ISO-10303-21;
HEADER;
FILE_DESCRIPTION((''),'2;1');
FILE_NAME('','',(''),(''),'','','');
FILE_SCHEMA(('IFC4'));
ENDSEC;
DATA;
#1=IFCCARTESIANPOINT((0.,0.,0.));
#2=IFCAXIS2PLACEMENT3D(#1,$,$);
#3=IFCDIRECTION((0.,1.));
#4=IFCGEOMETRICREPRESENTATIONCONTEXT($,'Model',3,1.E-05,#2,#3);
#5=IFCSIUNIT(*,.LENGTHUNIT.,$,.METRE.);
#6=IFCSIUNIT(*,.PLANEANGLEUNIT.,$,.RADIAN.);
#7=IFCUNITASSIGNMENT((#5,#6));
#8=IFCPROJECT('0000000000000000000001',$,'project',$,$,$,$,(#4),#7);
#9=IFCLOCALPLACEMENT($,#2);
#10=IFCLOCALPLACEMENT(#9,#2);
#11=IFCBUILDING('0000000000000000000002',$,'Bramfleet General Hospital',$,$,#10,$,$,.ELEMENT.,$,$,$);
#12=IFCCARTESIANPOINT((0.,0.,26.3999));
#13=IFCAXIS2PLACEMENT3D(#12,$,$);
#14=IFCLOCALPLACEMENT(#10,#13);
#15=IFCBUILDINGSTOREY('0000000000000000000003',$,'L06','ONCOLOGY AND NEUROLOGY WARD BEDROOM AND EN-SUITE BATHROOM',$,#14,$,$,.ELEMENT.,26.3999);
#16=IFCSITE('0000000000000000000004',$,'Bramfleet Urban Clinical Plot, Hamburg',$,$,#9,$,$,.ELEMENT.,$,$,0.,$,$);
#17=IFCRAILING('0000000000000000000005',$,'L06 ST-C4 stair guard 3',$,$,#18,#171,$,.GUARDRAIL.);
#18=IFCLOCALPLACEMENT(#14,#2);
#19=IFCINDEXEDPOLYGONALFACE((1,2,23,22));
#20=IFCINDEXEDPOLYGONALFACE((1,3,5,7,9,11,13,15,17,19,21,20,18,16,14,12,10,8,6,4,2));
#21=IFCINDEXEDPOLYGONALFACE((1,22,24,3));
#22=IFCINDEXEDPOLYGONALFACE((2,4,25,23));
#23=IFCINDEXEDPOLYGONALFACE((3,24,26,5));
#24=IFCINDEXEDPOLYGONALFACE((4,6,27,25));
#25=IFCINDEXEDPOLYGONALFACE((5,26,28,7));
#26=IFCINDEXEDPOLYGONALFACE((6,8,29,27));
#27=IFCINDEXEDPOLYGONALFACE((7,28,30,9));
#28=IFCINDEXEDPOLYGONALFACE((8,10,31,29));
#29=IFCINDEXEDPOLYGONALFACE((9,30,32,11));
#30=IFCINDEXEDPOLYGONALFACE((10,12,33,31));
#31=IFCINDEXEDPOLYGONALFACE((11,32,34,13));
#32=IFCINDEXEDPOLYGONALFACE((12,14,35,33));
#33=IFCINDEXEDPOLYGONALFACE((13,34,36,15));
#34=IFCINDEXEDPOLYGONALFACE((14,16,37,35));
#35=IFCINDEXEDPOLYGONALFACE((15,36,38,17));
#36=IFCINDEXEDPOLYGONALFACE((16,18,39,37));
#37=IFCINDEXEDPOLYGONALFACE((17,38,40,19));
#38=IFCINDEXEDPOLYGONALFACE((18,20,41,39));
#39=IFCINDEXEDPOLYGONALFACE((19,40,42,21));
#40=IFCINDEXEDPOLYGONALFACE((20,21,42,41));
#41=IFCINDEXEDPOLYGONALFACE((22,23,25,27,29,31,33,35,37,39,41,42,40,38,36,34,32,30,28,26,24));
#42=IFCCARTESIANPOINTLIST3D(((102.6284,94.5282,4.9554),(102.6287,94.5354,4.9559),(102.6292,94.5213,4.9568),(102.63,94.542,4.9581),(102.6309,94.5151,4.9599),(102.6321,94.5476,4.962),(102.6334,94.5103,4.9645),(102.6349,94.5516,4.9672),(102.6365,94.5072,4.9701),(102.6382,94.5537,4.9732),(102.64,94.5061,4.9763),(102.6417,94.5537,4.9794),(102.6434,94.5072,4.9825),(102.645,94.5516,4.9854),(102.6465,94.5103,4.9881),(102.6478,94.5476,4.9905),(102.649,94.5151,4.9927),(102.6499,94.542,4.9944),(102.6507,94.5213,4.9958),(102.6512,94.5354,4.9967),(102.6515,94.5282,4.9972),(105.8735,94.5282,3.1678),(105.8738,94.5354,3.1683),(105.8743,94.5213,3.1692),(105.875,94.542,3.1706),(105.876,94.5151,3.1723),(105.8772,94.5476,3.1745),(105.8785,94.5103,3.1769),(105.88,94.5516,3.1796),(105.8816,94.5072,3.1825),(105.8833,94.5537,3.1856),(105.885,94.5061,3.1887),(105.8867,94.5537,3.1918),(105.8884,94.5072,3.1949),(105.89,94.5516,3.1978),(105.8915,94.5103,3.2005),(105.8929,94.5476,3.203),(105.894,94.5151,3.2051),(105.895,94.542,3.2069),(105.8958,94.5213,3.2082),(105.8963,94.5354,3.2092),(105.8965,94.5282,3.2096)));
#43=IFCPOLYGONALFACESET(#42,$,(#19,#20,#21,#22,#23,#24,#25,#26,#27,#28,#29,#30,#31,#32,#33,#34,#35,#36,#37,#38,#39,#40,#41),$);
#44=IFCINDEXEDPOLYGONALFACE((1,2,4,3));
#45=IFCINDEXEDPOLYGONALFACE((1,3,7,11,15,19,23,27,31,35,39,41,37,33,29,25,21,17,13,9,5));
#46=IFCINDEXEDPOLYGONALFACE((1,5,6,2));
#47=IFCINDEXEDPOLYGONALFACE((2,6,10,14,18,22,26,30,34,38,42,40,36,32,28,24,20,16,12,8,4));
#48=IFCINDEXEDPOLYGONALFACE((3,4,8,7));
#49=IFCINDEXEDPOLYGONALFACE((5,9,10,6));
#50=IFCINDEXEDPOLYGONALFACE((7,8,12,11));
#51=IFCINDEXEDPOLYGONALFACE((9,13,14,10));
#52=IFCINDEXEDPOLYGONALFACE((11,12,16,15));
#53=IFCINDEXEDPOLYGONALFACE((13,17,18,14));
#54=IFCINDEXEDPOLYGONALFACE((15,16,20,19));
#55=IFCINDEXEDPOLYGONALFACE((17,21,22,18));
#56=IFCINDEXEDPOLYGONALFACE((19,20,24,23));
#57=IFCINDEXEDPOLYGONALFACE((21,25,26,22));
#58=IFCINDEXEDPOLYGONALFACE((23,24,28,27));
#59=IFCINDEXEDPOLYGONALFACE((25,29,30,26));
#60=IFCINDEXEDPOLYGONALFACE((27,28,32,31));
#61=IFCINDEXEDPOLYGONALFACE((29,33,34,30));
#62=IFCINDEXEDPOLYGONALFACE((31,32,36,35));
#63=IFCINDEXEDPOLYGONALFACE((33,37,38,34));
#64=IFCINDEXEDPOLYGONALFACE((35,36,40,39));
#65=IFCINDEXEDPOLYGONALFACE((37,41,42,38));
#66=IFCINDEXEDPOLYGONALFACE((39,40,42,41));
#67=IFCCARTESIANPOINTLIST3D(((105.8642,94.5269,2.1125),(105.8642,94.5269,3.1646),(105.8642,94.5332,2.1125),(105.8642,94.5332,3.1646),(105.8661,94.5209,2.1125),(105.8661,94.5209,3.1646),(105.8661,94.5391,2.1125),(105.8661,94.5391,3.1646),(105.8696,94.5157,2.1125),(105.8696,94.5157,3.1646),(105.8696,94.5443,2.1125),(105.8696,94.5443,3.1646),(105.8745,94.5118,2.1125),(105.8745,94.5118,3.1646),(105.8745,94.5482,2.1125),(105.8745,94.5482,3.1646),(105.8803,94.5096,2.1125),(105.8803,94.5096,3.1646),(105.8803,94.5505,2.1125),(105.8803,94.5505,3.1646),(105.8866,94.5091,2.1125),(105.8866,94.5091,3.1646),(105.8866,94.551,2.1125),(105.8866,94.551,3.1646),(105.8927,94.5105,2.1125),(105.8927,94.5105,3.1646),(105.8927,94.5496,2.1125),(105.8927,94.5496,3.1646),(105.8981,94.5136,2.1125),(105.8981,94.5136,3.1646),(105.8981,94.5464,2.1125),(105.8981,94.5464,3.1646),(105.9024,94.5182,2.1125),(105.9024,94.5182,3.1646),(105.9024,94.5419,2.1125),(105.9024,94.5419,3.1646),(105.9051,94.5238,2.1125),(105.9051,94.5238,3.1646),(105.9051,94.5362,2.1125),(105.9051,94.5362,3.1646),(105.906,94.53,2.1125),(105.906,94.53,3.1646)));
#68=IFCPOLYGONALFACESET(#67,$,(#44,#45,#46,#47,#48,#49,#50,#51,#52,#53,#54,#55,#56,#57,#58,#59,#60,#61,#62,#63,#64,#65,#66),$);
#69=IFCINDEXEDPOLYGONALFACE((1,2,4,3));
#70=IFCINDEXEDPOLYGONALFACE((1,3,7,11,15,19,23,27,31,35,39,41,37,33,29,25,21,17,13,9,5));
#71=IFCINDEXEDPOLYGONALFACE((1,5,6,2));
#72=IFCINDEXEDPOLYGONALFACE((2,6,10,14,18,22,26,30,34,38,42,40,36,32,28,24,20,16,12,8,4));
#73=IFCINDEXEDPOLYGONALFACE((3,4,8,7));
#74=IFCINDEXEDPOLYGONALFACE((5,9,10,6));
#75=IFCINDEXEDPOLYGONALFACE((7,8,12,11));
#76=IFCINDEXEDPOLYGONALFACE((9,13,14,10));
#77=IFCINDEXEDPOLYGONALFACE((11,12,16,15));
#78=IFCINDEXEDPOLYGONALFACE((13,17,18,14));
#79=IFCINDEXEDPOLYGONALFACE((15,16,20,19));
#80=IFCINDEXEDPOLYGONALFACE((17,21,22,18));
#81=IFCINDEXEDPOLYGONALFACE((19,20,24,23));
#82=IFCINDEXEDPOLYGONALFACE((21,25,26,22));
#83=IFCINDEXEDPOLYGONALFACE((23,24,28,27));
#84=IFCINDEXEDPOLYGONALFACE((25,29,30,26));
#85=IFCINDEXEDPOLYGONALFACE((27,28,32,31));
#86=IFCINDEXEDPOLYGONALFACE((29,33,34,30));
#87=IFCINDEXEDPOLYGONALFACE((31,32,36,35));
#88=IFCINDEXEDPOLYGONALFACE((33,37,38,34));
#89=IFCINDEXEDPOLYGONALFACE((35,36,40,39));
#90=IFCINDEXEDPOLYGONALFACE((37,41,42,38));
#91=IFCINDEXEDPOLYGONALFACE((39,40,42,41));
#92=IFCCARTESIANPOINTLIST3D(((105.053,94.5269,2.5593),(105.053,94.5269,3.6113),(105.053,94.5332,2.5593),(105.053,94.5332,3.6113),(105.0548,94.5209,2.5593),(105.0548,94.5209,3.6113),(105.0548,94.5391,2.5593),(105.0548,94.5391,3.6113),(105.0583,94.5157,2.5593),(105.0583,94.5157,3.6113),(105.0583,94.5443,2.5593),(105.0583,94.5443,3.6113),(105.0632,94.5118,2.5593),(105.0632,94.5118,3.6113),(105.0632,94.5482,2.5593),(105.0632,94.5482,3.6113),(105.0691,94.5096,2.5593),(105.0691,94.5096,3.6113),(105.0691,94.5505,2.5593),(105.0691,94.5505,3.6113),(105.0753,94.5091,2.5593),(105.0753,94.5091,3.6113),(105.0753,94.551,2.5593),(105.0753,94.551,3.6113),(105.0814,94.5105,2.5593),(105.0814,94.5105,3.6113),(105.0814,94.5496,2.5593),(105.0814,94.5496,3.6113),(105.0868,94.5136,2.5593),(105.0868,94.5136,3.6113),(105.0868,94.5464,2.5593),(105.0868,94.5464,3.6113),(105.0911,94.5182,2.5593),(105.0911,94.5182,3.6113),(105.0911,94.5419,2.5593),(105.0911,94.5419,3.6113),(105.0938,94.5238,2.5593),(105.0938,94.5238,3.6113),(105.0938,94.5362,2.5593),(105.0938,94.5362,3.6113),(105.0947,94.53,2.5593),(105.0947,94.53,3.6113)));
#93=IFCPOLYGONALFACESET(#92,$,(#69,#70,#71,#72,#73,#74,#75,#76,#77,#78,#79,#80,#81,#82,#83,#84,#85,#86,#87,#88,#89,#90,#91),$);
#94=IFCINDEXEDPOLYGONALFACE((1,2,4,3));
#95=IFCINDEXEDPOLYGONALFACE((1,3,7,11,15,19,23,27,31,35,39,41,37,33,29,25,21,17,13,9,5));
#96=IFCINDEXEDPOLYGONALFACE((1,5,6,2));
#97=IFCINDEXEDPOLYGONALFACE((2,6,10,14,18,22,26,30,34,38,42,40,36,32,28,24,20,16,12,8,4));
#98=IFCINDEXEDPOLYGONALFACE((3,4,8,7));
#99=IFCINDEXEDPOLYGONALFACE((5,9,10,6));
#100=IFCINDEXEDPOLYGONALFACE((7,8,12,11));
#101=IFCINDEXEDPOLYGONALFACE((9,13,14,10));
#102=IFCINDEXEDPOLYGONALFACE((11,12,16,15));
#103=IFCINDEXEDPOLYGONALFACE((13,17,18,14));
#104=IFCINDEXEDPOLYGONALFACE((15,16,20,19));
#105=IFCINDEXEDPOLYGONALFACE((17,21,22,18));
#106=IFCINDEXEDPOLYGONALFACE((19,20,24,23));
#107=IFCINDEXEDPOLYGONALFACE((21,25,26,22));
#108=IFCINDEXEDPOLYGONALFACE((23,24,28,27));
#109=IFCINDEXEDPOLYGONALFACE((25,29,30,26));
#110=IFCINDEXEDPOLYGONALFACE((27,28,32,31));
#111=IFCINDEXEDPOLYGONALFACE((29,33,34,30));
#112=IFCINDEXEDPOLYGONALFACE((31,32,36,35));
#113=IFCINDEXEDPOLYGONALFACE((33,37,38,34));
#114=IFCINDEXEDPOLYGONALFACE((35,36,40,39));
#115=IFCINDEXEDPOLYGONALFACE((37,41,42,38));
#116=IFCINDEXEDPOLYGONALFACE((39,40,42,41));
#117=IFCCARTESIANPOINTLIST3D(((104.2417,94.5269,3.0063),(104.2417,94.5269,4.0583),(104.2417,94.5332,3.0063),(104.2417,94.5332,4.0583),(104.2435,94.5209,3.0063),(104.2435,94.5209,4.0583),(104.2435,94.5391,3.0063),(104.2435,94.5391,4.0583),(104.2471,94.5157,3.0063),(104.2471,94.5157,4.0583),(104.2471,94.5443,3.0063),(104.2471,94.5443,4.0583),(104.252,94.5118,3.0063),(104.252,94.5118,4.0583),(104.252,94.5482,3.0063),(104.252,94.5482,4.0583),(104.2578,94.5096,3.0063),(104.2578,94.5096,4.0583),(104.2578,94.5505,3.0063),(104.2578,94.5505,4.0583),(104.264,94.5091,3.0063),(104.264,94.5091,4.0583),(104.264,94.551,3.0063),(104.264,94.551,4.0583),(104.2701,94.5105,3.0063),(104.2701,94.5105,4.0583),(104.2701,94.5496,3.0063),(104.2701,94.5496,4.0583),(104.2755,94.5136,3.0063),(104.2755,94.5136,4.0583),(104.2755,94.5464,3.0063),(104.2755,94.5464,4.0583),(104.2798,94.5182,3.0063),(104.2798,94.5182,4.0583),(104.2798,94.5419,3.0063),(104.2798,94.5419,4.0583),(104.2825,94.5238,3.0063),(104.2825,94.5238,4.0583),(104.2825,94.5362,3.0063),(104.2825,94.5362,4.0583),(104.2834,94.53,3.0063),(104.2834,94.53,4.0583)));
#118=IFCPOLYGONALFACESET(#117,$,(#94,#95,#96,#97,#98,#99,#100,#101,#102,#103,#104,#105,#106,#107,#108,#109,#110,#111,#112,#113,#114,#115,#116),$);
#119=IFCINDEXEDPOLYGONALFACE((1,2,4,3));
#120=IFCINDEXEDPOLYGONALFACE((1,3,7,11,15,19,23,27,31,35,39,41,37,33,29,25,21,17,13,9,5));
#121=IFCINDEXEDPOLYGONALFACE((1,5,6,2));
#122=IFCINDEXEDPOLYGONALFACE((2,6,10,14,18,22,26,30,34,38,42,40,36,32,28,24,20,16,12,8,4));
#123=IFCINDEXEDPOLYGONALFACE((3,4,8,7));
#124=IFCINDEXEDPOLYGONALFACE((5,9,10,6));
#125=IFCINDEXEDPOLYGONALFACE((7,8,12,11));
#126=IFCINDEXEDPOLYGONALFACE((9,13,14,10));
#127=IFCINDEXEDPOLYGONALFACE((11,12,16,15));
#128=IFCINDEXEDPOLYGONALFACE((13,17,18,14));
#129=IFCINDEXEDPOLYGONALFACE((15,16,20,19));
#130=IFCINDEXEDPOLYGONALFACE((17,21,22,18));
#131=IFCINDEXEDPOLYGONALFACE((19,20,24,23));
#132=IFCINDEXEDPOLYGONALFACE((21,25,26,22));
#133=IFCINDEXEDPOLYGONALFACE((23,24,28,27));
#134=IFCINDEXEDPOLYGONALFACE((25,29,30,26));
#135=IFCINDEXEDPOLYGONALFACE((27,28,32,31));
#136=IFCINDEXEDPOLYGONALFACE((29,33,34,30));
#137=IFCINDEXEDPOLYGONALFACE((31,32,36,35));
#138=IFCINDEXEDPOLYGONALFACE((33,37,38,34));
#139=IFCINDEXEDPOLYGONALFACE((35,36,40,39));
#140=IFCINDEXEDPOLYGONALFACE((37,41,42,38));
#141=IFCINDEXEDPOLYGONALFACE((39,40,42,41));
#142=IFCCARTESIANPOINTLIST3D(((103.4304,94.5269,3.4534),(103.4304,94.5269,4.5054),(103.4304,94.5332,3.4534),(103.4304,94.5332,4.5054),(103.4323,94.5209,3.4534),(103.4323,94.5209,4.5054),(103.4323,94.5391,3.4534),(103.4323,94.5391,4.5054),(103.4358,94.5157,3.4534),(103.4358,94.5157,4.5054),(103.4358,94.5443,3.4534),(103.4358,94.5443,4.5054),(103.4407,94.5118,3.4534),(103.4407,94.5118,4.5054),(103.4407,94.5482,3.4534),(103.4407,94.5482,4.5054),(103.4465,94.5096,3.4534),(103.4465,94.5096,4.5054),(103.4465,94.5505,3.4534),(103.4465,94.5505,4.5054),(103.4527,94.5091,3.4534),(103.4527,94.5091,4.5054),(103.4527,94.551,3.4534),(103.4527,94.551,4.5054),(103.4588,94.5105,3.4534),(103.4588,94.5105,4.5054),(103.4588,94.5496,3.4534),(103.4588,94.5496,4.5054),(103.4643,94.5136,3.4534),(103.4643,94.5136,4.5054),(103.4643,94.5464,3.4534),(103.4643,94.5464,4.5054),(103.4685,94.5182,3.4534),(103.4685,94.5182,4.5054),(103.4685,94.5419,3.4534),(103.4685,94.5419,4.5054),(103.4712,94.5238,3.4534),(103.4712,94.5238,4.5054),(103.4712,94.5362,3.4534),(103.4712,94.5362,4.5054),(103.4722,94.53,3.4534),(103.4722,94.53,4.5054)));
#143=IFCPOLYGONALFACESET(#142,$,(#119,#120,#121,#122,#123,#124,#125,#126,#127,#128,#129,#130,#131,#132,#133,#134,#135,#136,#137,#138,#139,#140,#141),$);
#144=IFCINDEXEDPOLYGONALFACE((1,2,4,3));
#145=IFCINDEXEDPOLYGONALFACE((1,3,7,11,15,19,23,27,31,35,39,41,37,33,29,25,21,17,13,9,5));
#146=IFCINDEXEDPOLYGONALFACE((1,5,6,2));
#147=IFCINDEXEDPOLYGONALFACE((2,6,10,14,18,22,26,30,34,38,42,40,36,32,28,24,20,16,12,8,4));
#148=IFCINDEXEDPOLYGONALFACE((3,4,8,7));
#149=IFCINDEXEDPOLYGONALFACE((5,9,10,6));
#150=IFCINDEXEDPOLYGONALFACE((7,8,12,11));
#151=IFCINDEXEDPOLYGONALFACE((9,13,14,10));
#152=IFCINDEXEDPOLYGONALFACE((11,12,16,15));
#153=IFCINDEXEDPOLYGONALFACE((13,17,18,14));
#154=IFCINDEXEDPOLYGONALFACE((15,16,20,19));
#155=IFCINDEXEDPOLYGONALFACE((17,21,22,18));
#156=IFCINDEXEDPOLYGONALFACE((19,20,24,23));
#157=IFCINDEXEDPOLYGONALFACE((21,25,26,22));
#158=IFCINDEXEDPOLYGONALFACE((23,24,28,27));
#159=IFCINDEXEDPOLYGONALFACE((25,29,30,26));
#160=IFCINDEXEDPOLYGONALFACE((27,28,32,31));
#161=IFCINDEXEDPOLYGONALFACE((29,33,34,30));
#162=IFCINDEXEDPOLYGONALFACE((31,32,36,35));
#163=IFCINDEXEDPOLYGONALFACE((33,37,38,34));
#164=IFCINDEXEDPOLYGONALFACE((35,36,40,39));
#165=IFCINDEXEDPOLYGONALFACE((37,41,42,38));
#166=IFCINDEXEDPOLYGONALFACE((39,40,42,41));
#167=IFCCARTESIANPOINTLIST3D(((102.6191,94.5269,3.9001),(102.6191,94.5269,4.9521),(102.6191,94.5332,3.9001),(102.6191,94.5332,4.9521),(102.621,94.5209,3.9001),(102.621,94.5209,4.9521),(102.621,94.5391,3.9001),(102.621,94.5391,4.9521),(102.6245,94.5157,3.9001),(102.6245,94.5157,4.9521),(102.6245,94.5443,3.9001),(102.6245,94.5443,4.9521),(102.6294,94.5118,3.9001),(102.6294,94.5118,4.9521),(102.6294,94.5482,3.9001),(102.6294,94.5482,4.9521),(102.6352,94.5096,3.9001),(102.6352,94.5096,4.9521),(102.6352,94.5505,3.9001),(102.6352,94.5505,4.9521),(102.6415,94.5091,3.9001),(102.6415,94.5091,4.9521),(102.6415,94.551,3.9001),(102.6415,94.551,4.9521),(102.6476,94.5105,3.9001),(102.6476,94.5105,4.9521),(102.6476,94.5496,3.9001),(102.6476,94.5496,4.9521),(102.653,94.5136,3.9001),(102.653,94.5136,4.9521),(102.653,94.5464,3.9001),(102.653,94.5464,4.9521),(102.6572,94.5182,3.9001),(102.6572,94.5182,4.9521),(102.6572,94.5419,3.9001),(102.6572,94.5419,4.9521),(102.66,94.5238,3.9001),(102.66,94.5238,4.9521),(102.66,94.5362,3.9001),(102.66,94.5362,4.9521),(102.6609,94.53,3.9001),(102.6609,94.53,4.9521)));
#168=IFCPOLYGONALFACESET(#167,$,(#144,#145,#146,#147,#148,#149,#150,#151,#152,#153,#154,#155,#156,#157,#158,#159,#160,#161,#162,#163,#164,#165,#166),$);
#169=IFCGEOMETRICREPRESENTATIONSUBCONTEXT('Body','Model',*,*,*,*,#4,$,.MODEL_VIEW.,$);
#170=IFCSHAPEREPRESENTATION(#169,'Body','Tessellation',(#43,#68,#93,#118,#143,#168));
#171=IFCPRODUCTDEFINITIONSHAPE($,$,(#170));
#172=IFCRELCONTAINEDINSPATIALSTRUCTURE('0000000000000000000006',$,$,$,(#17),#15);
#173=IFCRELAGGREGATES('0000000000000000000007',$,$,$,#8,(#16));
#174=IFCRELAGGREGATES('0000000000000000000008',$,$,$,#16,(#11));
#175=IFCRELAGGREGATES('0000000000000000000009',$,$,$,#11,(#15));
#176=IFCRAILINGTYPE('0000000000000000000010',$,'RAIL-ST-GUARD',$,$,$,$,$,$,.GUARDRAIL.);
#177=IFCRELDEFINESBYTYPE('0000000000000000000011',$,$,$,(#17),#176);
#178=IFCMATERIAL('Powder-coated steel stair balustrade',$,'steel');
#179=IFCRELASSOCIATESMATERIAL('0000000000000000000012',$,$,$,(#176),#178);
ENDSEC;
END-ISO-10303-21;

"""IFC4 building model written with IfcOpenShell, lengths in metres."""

from ifc_helpers import new_model, si_unit, direction, frame, origin, origin_2d, place, context, subcontext, project, spatial, circle, extrude, material, type_object, element, save


model = new_model("IFC4")

# Units and contexts
model_context = context("Model", 3, precision=1e-05, world=origin(), true_north=direction((0.0, 1.0)))
body_context = subcontext(model_context, "Body", "Model", "MODEL_VIEW")
ifc_project = project(units=[si_unit("LENGTHUNIT", "METRE"), si_unit("PLANEANGLEUNIT", "RADIAN")], contexts=[model_context])

# Site, building, storey
site_placement = place(None, origin())
site = spatial("IfcSite", under=ifc_project, at=site_placement, Name="Bramfleet Urban Clinical Plot, Hamburg", CompositionType="ELEMENT", RefElevation=0.0)
building_placement = place(site_placement, origin())
building = spatial("IfcBuilding", under=site, at=building_placement, Name="Bramfleet General Hospital", CompositionType="ELEMENT")
storey_placement = place(building_placement, frame((0.0, 0.0, 26.3999)))
storey = spatial("IfcBuildingStorey", under=building, at=storey_placement, Name="L06", Description="ONCOLOGY AND NEUROLOGY WARD BEDROOM AND EN-SUITE BATHROOM", CompositionType="ELEMENT", Elevation=26.3999)

# Railing
ifc_material_1 = material(Name="Powder-coated steel stair balustrade", Category="steel")
railing_type_1 = type_object("IfcRailingType", Name="RAIL-ST-GUARD", PredefinedType="GUARDRAIL", material=ifc_material_1)
railing_1_placement = place(storey_placement, frame((105.885, 94.53, 2.1125)))
element("IfcRailing", 1, at=railing_1_placement, inside=storey, type_object=railing_type_1, Name="L06 ST-C4 stair guard 3", PredefinedType="GUARDRAIL", context=body_context, shape_type="SweptSolid", body=[
    extrude(circle(Radius=0.0239, at=origin_2d()), frame((0.0, 0.0, 1.0762), z_axis=(-0.875899, 0.0, 0.482495), x_axis=(0.0, -1.0, 0.0)), (0.0, 0.0, 1.0), 3.7048),
    extrude(circle(Radius=0.021, at=origin_2d()), origin(), (0.0, 0.0, 1.0), 1.052),
    extrude(circle(Radius=0.021, at=origin_2d()), frame((-0.8113, 0.0, 0.4468)), (0.0, 0.0, 1.0), 1.052),
    extrude(circle(Radius=0.021, at=origin_2d()), frame((-1.6226, 0.0, 0.8938)), (0.0, 0.0, 1.0), 1.052),
    extrude(circle(Radius=0.021, at=origin_2d()), frame((-2.4338, 0.0, 1.3408)), (0.0, 0.0, 1.0), 1.052),
    extrude(circle(Radius=0.021, at=origin_2d()), frame((-3.2451, 0.0, 1.7876)), (0.0, 0.0, 1.0), 1.052),
])

save(model, "model.ifc")
